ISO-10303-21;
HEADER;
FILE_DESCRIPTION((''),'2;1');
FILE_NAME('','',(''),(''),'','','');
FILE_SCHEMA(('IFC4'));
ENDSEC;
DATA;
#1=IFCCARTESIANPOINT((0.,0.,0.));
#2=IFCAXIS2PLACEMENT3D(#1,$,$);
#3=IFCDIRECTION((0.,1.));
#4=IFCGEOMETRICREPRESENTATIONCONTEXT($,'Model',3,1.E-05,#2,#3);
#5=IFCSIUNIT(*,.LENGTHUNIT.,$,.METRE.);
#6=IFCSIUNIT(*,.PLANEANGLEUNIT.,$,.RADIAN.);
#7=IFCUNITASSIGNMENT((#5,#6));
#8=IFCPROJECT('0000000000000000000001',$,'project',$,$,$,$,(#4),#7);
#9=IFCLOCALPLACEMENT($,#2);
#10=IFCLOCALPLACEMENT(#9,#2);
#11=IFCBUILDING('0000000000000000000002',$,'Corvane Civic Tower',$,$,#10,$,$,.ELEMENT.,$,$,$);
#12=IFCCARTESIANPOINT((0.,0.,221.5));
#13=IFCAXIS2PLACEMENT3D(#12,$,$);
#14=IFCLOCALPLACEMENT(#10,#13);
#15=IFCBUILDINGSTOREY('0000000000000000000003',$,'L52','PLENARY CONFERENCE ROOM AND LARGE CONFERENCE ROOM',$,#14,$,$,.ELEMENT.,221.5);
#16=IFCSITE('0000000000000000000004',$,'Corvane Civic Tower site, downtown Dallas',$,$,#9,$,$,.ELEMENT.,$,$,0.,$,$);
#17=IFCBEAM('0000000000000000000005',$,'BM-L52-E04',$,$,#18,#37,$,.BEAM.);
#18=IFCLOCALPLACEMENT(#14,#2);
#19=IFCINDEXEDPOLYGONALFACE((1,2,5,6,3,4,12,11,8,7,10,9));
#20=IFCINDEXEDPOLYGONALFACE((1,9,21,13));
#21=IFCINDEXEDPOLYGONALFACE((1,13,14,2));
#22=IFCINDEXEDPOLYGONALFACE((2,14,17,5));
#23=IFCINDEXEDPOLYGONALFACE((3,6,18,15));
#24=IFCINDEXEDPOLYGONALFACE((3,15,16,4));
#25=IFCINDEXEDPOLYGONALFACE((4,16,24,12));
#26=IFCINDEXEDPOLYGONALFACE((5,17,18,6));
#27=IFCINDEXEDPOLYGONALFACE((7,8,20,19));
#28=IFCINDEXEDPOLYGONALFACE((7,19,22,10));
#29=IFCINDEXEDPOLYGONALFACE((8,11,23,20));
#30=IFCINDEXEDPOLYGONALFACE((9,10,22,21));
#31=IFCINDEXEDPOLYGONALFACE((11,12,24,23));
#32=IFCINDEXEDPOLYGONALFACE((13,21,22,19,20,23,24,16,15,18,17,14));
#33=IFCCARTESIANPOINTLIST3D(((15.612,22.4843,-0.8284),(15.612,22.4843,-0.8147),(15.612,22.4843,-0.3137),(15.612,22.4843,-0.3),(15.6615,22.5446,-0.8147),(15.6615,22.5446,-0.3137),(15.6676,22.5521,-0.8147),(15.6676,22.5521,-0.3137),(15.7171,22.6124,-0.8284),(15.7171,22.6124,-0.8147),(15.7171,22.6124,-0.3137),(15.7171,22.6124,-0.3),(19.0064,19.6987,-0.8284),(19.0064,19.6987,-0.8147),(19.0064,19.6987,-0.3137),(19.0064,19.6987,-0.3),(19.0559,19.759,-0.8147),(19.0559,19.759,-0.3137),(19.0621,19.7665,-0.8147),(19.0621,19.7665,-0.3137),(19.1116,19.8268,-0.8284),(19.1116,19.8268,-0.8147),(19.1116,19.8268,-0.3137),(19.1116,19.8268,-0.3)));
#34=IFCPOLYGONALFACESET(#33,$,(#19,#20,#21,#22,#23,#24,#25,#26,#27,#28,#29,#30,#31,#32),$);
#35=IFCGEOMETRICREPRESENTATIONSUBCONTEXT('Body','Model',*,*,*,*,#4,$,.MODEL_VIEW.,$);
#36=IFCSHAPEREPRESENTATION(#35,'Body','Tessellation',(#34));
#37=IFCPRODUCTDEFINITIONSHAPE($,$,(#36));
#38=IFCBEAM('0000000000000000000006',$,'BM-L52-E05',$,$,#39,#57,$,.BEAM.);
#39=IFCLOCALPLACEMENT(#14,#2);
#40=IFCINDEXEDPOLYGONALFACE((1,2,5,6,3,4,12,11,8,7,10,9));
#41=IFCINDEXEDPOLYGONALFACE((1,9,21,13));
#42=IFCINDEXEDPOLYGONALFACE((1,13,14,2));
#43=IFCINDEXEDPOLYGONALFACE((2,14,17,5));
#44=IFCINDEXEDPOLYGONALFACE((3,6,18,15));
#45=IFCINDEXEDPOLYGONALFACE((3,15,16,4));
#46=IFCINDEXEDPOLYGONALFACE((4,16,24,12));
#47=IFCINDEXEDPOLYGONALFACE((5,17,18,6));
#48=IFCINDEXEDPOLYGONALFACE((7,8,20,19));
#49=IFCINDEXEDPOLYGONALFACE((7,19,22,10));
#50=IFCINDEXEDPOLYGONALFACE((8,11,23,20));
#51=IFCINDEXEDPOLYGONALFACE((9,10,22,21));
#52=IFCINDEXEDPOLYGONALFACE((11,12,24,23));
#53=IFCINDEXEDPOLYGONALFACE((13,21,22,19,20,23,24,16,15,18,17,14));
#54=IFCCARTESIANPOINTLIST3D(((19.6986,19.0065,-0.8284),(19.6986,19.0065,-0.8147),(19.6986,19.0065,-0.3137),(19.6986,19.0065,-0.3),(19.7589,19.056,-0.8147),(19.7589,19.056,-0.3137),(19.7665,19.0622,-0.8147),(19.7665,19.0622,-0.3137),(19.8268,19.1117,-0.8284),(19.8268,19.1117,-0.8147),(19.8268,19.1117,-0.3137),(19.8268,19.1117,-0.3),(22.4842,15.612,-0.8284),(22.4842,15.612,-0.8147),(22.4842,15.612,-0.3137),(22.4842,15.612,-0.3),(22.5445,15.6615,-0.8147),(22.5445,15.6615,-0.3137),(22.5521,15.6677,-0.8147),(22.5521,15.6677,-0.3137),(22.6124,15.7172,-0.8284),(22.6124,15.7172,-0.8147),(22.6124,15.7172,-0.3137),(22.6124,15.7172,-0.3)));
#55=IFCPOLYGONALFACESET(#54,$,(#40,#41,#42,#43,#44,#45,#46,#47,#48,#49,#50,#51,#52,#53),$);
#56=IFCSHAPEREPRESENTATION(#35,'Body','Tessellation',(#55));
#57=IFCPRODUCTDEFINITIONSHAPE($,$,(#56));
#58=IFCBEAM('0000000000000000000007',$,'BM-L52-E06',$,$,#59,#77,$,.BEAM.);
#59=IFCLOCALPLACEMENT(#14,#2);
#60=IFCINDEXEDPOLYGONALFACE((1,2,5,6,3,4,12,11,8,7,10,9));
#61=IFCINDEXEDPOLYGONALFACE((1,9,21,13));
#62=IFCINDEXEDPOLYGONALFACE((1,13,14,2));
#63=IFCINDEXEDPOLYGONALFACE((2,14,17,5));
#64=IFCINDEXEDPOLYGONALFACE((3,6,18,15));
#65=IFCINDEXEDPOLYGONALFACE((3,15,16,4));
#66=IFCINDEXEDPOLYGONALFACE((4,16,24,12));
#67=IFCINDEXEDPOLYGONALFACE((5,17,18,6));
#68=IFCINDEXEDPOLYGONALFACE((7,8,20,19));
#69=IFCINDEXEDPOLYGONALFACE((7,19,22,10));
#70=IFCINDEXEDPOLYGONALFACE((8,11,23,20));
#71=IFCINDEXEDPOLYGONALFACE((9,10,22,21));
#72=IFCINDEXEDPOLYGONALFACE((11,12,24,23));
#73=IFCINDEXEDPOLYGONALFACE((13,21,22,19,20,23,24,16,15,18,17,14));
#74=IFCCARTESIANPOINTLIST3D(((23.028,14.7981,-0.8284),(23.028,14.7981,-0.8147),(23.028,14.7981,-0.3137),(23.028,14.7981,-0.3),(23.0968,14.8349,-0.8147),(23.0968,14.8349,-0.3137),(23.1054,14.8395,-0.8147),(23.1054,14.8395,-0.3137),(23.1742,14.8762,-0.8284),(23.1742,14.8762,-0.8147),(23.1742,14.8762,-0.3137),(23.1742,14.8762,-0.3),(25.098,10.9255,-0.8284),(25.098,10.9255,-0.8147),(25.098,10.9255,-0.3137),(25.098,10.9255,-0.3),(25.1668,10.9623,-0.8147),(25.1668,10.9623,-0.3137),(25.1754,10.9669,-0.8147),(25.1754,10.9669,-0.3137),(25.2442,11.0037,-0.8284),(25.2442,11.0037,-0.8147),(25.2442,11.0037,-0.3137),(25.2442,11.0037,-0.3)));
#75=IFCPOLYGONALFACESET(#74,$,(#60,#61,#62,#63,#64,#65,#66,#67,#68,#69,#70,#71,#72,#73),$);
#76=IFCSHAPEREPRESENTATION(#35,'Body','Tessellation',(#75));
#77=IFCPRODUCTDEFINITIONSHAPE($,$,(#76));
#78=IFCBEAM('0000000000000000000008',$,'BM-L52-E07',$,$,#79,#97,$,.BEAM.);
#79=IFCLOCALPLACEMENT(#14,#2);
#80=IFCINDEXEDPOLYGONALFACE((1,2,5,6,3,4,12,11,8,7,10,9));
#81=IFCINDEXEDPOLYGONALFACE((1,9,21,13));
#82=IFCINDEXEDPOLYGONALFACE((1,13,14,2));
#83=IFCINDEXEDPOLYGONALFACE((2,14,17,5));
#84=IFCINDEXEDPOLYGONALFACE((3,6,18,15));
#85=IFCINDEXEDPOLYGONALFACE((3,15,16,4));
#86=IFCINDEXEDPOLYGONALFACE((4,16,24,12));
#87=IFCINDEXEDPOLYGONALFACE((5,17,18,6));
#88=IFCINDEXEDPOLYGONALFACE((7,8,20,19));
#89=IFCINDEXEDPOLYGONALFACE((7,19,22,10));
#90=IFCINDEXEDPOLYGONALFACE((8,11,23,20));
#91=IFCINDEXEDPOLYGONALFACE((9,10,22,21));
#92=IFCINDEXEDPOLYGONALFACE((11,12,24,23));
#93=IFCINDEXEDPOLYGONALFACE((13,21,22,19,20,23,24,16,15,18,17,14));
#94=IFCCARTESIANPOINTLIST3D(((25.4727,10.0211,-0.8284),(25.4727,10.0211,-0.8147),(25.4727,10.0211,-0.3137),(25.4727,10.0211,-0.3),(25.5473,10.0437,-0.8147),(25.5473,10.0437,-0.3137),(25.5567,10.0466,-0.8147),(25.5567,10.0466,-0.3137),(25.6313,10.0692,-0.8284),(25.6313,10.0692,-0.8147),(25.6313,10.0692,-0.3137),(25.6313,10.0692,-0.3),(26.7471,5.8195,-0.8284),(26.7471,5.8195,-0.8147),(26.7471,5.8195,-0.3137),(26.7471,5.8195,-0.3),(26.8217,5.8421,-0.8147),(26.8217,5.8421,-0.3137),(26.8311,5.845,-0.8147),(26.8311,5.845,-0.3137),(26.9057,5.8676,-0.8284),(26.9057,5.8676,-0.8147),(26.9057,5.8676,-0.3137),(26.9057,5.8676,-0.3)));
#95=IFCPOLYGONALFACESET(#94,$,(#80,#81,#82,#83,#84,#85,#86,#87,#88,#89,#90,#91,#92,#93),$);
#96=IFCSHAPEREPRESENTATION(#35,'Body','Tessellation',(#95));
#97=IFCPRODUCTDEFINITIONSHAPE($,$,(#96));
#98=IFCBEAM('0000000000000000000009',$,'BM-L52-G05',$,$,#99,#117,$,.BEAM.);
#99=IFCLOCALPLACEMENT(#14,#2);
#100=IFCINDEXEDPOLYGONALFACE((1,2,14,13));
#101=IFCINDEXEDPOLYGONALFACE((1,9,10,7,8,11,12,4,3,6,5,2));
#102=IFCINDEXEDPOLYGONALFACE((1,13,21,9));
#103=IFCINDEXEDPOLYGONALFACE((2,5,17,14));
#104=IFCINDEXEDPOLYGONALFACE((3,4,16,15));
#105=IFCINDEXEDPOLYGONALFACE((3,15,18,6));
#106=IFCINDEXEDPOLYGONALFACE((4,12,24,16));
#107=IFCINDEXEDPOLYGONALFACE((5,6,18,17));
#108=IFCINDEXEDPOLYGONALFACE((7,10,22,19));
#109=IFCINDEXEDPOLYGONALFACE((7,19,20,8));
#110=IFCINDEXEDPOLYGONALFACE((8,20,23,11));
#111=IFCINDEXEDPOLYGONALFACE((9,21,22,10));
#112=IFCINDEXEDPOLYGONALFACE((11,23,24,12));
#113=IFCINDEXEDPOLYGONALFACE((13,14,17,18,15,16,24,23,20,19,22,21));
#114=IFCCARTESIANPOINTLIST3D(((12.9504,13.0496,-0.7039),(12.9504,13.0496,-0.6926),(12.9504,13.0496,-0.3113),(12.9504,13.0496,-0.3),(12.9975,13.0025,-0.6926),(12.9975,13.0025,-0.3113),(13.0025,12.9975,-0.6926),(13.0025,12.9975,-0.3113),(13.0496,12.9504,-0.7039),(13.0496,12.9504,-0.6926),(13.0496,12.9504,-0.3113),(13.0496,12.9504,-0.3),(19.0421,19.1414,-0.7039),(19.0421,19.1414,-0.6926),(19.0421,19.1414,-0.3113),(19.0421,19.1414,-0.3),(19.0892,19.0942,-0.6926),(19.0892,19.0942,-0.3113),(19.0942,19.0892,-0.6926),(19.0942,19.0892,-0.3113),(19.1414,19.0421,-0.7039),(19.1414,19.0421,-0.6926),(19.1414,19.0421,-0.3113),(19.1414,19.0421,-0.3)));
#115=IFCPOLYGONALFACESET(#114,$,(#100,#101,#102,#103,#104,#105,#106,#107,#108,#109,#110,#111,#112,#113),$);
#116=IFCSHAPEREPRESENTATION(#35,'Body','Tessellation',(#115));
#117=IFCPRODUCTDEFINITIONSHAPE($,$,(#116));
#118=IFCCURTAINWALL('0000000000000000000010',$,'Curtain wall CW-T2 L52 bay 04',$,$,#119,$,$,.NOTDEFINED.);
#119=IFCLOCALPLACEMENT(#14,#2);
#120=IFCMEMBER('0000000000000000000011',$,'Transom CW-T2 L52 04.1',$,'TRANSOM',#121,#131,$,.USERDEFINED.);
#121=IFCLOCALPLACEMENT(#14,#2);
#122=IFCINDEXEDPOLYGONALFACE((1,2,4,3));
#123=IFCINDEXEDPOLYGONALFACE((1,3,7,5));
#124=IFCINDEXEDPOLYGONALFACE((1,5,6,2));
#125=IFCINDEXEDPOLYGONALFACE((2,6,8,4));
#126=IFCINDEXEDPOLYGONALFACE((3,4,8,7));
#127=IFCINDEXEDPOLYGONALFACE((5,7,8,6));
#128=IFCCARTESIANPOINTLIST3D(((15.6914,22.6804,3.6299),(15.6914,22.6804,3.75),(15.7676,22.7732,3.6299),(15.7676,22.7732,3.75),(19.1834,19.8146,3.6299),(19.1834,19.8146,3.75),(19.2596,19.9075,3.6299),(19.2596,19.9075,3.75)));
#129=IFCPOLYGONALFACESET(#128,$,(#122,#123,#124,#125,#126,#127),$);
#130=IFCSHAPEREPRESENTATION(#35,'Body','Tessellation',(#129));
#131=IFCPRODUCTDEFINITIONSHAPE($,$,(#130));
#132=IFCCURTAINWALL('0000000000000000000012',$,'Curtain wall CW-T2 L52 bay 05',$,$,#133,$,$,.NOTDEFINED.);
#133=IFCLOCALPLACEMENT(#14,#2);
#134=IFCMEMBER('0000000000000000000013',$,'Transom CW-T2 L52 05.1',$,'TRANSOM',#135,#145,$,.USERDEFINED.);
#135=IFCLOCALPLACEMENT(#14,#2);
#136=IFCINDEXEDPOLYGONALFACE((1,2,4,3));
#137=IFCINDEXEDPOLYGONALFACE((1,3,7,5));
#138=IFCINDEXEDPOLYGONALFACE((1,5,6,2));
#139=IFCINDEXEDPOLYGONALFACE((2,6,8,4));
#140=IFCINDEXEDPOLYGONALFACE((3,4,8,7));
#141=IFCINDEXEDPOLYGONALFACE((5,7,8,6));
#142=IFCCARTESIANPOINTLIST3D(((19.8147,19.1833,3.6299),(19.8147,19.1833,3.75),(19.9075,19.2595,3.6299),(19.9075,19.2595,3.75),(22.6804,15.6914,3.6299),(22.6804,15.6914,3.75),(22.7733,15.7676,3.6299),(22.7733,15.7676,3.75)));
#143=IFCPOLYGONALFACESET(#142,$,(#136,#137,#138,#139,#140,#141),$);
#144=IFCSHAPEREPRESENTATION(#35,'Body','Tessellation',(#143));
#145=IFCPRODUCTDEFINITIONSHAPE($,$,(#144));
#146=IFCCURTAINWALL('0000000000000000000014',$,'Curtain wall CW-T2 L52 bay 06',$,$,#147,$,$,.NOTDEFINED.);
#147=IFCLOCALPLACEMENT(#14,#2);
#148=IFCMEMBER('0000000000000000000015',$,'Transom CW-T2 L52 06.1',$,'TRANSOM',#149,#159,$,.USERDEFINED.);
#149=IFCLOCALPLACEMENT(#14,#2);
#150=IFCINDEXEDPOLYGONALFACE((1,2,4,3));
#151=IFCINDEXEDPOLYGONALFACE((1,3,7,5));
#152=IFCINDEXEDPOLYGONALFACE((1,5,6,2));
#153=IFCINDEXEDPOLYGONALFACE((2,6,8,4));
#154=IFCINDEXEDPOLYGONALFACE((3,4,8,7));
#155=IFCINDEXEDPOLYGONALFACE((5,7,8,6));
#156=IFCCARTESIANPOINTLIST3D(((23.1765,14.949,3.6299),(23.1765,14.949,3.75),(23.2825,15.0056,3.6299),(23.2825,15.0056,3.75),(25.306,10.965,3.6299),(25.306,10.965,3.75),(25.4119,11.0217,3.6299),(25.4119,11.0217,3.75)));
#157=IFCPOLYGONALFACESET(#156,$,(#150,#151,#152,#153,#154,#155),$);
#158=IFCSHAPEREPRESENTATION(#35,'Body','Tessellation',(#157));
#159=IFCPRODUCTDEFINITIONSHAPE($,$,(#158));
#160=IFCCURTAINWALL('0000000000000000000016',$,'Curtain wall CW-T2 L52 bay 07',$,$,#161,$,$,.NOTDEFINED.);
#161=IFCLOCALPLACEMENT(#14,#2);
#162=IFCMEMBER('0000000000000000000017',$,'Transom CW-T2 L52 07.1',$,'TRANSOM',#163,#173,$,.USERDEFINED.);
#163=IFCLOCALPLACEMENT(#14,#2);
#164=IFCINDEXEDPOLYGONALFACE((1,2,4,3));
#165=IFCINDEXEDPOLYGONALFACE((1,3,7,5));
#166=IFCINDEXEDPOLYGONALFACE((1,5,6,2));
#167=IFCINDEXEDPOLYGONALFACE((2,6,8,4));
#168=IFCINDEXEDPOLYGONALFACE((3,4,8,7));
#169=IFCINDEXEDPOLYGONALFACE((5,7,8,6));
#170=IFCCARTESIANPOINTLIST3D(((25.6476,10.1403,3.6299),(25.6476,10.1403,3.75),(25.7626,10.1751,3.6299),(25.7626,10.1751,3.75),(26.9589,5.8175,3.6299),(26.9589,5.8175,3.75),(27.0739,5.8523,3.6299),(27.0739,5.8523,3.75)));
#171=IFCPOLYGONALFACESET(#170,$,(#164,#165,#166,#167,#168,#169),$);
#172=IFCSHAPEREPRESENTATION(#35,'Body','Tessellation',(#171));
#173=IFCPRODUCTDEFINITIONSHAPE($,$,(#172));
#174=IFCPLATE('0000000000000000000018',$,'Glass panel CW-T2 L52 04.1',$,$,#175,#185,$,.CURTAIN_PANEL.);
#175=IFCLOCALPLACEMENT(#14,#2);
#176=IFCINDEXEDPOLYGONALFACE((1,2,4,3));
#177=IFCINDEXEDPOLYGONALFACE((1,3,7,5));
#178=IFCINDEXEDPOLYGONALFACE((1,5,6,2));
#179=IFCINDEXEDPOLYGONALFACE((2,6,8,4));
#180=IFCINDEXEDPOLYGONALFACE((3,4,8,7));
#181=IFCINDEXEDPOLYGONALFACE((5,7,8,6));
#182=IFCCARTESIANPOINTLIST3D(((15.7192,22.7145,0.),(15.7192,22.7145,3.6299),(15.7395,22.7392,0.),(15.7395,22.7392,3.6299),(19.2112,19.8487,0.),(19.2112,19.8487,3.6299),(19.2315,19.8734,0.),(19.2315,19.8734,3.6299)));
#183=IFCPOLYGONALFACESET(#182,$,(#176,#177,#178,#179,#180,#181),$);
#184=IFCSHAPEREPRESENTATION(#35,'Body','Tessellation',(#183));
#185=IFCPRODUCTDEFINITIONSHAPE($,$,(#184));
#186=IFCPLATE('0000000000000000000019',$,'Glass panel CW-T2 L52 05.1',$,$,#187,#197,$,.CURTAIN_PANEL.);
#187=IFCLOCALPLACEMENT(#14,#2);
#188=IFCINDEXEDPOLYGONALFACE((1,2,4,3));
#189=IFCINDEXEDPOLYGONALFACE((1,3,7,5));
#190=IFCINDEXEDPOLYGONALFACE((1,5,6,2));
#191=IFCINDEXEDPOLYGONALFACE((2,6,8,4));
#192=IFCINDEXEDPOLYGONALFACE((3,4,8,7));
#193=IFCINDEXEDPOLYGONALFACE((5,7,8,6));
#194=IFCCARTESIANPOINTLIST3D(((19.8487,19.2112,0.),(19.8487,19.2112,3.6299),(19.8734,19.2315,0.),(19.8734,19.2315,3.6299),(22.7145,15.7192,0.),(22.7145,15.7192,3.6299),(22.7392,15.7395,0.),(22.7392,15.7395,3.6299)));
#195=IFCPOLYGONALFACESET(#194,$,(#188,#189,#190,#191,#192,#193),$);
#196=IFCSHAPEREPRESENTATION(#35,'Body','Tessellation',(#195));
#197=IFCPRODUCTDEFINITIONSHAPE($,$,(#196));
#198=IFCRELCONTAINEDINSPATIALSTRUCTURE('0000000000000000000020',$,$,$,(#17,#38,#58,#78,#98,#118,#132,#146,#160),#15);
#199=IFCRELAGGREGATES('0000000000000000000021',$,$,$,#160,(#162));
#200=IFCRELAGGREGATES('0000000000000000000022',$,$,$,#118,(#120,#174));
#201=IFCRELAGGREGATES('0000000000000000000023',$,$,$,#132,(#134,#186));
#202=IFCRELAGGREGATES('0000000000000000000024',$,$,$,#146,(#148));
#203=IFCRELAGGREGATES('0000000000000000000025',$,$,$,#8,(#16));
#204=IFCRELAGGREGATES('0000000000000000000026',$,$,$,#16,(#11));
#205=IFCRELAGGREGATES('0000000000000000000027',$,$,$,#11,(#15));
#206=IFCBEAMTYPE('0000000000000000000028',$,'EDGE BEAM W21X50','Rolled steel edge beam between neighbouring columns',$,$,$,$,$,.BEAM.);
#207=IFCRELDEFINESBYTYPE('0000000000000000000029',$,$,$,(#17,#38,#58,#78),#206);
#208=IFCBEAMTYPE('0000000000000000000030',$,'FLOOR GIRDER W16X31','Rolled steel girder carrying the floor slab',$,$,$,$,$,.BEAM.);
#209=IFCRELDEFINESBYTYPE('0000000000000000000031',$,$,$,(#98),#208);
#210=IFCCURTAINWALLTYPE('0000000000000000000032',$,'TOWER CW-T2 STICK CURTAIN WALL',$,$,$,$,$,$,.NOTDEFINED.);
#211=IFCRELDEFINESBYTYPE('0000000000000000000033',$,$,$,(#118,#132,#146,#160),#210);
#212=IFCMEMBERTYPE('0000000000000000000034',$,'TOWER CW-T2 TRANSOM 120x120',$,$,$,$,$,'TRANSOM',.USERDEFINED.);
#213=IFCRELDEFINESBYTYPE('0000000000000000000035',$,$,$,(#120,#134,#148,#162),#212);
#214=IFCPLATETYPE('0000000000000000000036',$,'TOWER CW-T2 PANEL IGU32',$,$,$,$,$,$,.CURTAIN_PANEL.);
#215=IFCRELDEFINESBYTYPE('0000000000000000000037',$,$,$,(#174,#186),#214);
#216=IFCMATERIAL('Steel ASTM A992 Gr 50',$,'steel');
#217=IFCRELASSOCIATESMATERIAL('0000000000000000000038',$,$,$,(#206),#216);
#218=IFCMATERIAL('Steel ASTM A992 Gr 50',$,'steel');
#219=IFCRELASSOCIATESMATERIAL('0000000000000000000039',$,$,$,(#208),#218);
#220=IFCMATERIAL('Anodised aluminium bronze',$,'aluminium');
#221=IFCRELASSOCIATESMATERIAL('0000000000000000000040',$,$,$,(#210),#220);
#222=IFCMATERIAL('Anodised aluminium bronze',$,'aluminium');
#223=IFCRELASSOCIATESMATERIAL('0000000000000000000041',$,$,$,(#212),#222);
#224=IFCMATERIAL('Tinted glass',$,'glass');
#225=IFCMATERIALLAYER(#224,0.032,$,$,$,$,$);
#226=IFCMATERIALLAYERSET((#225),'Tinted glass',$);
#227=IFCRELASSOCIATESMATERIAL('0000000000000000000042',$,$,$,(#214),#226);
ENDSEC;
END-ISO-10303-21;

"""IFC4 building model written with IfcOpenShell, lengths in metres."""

from ifc_helpers import new_model, si_unit, direction, frame, origin, origin_2d, place, context, subcontext, project, spatial, rectangle, i_section, extrude, material, layer, layer_set, material_profile, profile_set, type_object, element, aggregate, save


model = new_model("IFC4")

# Units and contexts
model_context = context("Model", 3, precision=1e-05, world=origin(), true_north=direction((0.0, 1.0)))
body_context = subcontext(model_context, "Body", "Model", "MODEL_VIEW")
ifc_project = project(units=[si_unit("LENGTHUNIT", "METRE"), si_unit("PLANEANGLEUNIT", "RADIAN")], contexts=[model_context])

# Site, building, storey
site_placement = place(None, origin())
site = spatial("IfcSite", under=ifc_project, at=site_placement, Name="Corvane Civic Tower site, downtown Dallas", CompositionType="ELEMENT", RefElevation=0.0)
building_placement = place(site_placement, origin())
building = spatial("IfcBuilding", under=site, at=building_placement, Name="Corvane Civic Tower", CompositionType="ELEMENT")
storey_placement = place(building_placement, frame((0.0, 0.0, 221.5)))
storey = spatial("IfcBuildingStorey", under=building, at=storey_placement, Name="L52", Description="PLENARY CONFERENCE ROOM AND LARGE CONFERENCE ROOM", CompositionType="ELEMENT", Elevation=221.5)

# Beams
ifc_material_1 = material(Name="Steel ASTM A992 Gr 50", Category="steel")
ifc_material_profile_1 = material_profile(ifc_material_1, i_section(OverallWidth=0.1658, OverallDepth=0.5283, WebThickness=0.0098, FlangeThickness=0.0137, at=origin_2d()), Name="W21X50")
ifc_profile_set_1 = profile_set([ifc_material_profile_1], Name="Steel ASTM A992 Gr 50")
beam_type_1 = type_object("IfcBeamType", Name="EDGE BEAM W21X50", Description="Rolled steel edge beam between neighbouring columns", PredefinedType="BEAM", material=ifc_profile_set_1)
for number, where, z_axis, x_axis, name in (
    (1, (15.6646, 22.5483, -0.5642), (0.77303, -0.634369, 0.0), (0.634369, 0.77303, 0.0), "BM-L52-E04"),
    (2, (19.7627, 19.0591, -0.5642), (0.634369, -0.77303, 0.0), (0.77303, 0.634369, 0.0), "BM-L52-E05"),
    (3, (23.1011, 14.8372, -0.5642), (0.471422, -0.881908, 0.0), (0.881908, 0.471422, 0.0), "BM-L52-E06"),
):
    element("IfcBeam", number, at=place(storey_placement, frame(where, z_axis=z_axis, x_axis=x_axis)), inside=storey, type_object=beam_type_1, Name=name, PredefinedType="BEAM", context=body_context, shape_type="SweptSolid", body=[
        extrude(i_section(OverallWidth=0.1658, OverallDepth=0.5283, WebThickness=0.0098, FlangeThickness=0.0137, at=origin_2d()), origin(), (0.0, 0.0, 1.0), 4.3911),
    ])
beam_1_placement = place(storey_placement, frame((25.552, 10.0452, -0.5642), z_axis=(0.290254, -0.95695, 0.0), x_axis=(0.95695, 0.290254, 0.0)))
element("IfcBeam", 4, at=beam_1_placement, inside=storey, type_object=beam_type_1, Name="BM-L52-E07", PredefinedType="BEAM", context=body_context, shape_type="SweptSolid", body=[
    extrude(i_section(OverallWidth=0.1658, OverallDepth=0.5283, WebThickness=0.0098, FlangeThickness=0.0137, at=origin_2d()), origin(), (0.0, 0.0, 1.0), 4.3906),
])
ifc_material_2 = material(Name="Steel ASTM A992 Gr 50", Category="steel")
ifc_material_profile_2 = material_profile(ifc_material_2, i_section(OverallWidth=0.1404, OverallDepth=0.4038, WebThickness=0.0071, FlangeThickness=0.0112, at=origin_2d()), Name="W16X31")
ifc_profile_set_2 = profile_set([ifc_material_profile_2], Name="Steel ASTM A992 Gr 50")
beam_type_2 = type_object("IfcBeamType", Name="FLOOR GIRDER W16X31", Description="Rolled steel girder carrying the floor slab", PredefinedType="BEAM", material=ifc_profile_set_2)
beam_2_placement = place(storey_placement, frame((13.0, 13.0, -0.502), z_axis=(0.707107, 0.707107, 0.0), x_axis=(-0.707107, 0.707107, 0.0)))
element("IfcBeam", 5, at=beam_2_placement, inside=storey, type_object=beam_type_2, Name="BM-L52-G05", PredefinedType="BEAM", context=body_context, shape_type="SweptSolid", body=[
    extrude(i_section(OverallWidth=0.1404, OverallDepth=0.4038, WebThickness=0.0071, FlangeThickness=0.0112, at=origin_2d()), origin(), (0.0, 0.0, 1.0), 8.615),
])

# Curtain walls, members
ifc_material_3 = material(Name="Anodised aluminium bronze", Category="aluminium")
curtain_wall_type = type_object("IfcCurtainWallType", Name="TOWER CW-T2 STICK CURTAIN WALL", PredefinedType="NOTDEFINED", material=ifc_material_3)
curtain_wall_1_placement = place(storey_placement, origin())
curtain_wall_1 = element("IfcCurtainWall", 6, at=curtain_wall_1_placement, inside=storey, type_object=curtain_wall_type, Name="Curtain wall CW-T2 L52 bay 04", PredefinedType="NOTDEFINED")
ifc_material_4 = material(Name="Anodised aluminium bronze", Category="aluminium")
ifc_material_profile_3 = material_profile(ifc_material_4, rectangle(XDim=0.1201, YDim=0.1201, at=origin_2d()), Name="TOWER CW-T2 TRANSOM 120x120")
ifc_profile_set_3 = profile_set([ifc_material_profile_3], Name="Anodised aluminium bronze")
member_type = type_object("IfcMemberType", Name="TOWER CW-T2 TRANSOM 120x120", ElementType="TRANSOM", PredefinedType="USERDEFINED", material=ifc_profile_set_3)
member_1_placement = place(storey_placement, frame((15.7295, 22.7268, 3.6899), z_axis=(0.773015, -0.634388, 0.0), x_axis=(0.634388, 0.773015, 0.0)))
member_1 = element("IfcMember", 7, at=member_1_placement, type_object=member_type, Name="Transom CW-T2 L52 04.1", ObjectType="TRANSOM", PredefinedType="USERDEFINED", context=body_context, shape_type="SweptSolid", body=[
    extrude(rectangle(XDim=0.1201, YDim=0.1201, at=origin_2d()), origin(), (0.0, 0.0, 1.0), 4.5173),
])
curtain_wall_2_placement = place(storey_placement, origin())
curtain_wall_2 = element("IfcCurtainWall", 8, at=curtain_wall_2_placement, inside=storey, type_object=curtain_wall_type, Name="Curtain wall CW-T2 L52 bay 05", PredefinedType="NOTDEFINED")
member_2_placement = place(storey_placement, frame((19.8611, 19.2214, 3.6899), z_axis=(0.634388, -0.773015, 0.0), x_axis=(0.773015, 0.634388, 0.0)))
member_2 = element("IfcMember", 9, at=member_2_placement, type_object=member_type, Name="Transom CW-T2 L52 05.1", ObjectType="TRANSOM", PredefinedType="USERDEFINED", context=body_context, shape_type="SweptSolid", body=[
    extrude(rectangle(XDim=0.1201, YDim=0.1201, at=origin_2d()), origin(), (0.0, 0.0, 1.0), 4.5173),
])
curtain_wall_3_placement = place(storey_placement, origin())
curtain_wall_3 = element("IfcCurtainWall", 10, at=curtain_wall_3_placement, inside=storey, type_object=curtain_wall_type, Name="Curtain wall CW-T2 L52 bay 06", PredefinedType="NOTDEFINED")
member_3_placement = place(storey_placement, frame((23.2295, 14.9773, 3.6899), z_axis=(0.47139, -0.881925, 0.0), x_axis=(0.881925, 0.47139, 0.0)))
member_3 = element("IfcMember", 11, at=member_3_placement, type_object=member_type, Name="Transom CW-T2 L52 06.1", ObjectType="TRANSOM", PredefinedType="USERDEFINED", context=body_context, shape_type="SweptSolid", body=[
    extrude(rectangle(XDim=0.1201, YDim=0.1201, at=origin_2d()), origin(), (0.0, 0.0, 1.0), 4.5173),
])
curtain_wall_4_placement = place(storey_placement, origin())
curtain_wall_4 = element("IfcCurtainWall", 12, at=curtain_wall_4_placement, inside=storey, type_object=curtain_wall_type, Name="Curtain wall CW-T2 L52 bay 07", PredefinedType="NOTDEFINED")
member_4_placement = place(storey_placement, frame((25.7051, 10.1577, 3.6899), z_axis=(0.290282, -0.956941, 0.0), x_axis=(0.956941, 0.290282, 0.0)))
member_4 = element("IfcMember", 13, at=member_4_placement, type_object=member_type, Name="Transom CW-T2 L52 07.1", ObjectType="TRANSOM", PredefinedType="USERDEFINED", context=body_context, shape_type="SweptSolid", body=[
    extrude(rectangle(XDim=0.1201, YDim=0.1201, at=origin_2d()), origin(), (0.0, 0.0, 1.0), 4.5173),
])
aggregate(curtain_wall_4, [member_4])

# Plates
ifc_material_5 = material(Name="Tinted glass", Category="glass")
ifc_layer_1 = layer(ifc_material_5, 0.032)
ifc_layer_set_1 = layer_set([ifc_layer_1], Name="Tinted glass")
plate_type = type_object("IfcPlateType", Name="TOWER CW-T2 PANEL IGU32", PredefinedType="CURTAIN_PANEL", material=ifc_layer_set_1)
plate_1_placement = place(storey_placement, frame((17.4753, 21.2939, 0.0), z_axis=(0.0, 0.0, 1.0), x_axis=(0.773012, -0.634391, 0.0)))
plate_1 = element("IfcPlate", 14, at=plate_1_placement, type_object=plate_type, Name="Glass panel CW-T2 L52 04.1", PredefinedType="CURTAIN_PANEL", context=body_context, shape_type="SweptSolid", body=[
    extrude(rectangle(XDim=4.5173, YDim=0.032, at=origin_2d()), origin(), (0.0, 0.0, 1.0), 3.6299),
])
aggregate(curtain_wall_1, [member_1, plate_1])
plate_2_placement = place(storey_placement, frame((21.2939, 17.4753, 0.0), z_axis=(0.0, 0.0, 1.0), x_axis=(0.634391, -0.773012, 0.0)))
plate_2 = element("IfcPlate", 15, at=plate_2_placement, type_object=plate_type, Name="Glass panel CW-T2 L52 05.1", PredefinedType="CURTAIN_PANEL", context=body_context, shape_type="SweptSolid", body=[
    extrude(rectangle(XDim=4.5173, YDim=0.032, at=origin_2d()), origin(), (0.0, 0.0, 1.0), 3.6299),
])
aggregate(curtain_wall_2, [member_2, plate_2])
aggregate(curtain_wall_3, [member_3])

save(model, "model.ifc")
